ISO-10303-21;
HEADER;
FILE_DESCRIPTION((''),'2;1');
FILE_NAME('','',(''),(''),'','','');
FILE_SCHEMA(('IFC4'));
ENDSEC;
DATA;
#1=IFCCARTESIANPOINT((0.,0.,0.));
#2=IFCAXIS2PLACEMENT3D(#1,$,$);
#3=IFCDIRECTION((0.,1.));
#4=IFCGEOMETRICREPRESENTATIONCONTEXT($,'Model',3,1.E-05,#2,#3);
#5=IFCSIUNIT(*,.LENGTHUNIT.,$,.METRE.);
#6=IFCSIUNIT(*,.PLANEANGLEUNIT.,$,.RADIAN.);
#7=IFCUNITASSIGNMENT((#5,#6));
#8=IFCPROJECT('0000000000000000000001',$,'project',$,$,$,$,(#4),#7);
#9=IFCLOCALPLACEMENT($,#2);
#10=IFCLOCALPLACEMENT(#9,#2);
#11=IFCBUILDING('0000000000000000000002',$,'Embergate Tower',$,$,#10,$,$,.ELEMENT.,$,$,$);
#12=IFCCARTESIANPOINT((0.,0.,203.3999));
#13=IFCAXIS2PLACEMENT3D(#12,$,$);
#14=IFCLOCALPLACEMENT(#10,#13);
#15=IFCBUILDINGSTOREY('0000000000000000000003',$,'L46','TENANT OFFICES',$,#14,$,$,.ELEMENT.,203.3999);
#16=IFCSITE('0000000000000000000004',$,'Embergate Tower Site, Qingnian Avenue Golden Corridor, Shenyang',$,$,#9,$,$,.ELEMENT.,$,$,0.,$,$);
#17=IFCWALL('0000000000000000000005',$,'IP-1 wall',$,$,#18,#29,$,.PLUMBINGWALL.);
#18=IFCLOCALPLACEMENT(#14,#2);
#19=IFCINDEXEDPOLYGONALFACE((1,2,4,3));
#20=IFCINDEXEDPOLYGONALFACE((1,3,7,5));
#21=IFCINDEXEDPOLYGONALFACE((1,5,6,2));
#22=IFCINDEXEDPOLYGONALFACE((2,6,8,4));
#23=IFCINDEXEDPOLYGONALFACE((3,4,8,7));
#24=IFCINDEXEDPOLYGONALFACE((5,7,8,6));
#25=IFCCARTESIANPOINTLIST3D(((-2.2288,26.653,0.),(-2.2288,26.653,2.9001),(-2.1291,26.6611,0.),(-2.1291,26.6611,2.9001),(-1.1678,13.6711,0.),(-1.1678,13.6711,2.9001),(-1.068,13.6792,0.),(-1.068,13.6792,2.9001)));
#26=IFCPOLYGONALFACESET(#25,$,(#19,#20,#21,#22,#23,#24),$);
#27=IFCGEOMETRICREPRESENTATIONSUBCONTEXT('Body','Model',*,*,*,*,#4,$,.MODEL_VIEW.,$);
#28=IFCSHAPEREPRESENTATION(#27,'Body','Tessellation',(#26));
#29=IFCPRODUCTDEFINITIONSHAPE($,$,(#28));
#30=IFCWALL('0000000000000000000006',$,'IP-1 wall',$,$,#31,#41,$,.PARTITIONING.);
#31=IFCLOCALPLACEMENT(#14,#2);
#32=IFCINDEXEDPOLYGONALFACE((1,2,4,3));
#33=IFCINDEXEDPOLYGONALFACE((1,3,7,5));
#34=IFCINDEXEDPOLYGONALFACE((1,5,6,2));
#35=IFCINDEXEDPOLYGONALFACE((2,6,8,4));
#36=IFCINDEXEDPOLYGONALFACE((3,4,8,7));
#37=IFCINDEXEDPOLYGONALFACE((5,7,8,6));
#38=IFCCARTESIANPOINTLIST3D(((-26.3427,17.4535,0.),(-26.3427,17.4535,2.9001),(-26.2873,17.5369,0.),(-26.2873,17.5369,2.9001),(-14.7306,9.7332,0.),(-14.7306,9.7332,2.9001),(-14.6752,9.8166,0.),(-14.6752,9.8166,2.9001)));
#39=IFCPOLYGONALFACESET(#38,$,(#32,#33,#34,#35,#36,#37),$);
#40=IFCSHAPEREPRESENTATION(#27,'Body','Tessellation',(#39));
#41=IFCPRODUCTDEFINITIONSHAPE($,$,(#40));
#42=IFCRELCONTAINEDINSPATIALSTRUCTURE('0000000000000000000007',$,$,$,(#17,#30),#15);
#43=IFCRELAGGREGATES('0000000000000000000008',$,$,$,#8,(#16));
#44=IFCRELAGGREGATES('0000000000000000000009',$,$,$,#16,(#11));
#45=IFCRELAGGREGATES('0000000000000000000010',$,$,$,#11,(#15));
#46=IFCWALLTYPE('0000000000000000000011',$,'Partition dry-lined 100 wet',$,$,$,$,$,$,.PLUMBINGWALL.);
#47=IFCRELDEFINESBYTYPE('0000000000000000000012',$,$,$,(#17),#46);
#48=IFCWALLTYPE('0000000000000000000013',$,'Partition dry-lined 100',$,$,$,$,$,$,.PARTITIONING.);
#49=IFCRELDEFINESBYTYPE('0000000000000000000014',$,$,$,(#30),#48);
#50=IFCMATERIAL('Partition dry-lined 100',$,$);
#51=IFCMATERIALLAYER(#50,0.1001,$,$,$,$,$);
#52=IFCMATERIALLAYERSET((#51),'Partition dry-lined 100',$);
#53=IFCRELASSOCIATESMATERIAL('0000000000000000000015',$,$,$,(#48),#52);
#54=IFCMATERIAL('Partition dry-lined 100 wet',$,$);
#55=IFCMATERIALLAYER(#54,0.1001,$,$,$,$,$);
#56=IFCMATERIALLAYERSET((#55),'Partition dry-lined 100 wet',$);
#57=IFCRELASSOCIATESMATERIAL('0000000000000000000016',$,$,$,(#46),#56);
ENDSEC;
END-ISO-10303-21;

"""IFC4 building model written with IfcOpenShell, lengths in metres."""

from ifc_helpers import new_model, si_unit, direction, frame, frame_2d, origin, place, context, subcontext, project, spatial, rectangle, extrude, source, transform, mapped, material, layer, layer_set, type_object, element, save


model = new_model("IFC4")

# Units and contexts
model_context = context("Model", 3, precision=1e-05, world=origin(), true_north=direction((0.0, 1.0)))
body_context = subcontext(model_context, "Body", "Model", "MODEL_VIEW")
ifc_project = project(units=[si_unit("LENGTHUNIT", "METRE"), si_unit("PLANEANGLEUNIT", "RADIAN")], contexts=[model_context])

# Site, building, storey
site_placement = place(None, origin())
site = spatial("IfcSite", under=ifc_project, at=site_placement, Name="Embergate Tower Site, Qingnian Avenue Golden Corridor, Shenyang", CompositionType="ELEMENT", RefElevation=0.0)
building_placement = place(site_placement, origin())
building = spatial("IfcBuilding", under=site, at=building_placement, Name="Embergate Tower", CompositionType="ELEMENT")
storey_placement = place(building_placement, frame((0.0, 0.0, 203.3999)))
storey = spatial("IfcBuildingStorey", under=building, at=storey_placement, Name="L46", Description="TENANT OFFICES", CompositionType="ELEMENT", Elevation=203.3999)

# Walls
ifc_material_1 = material(Name="Partition dry-lined 100")
ifc_layer_1 = layer(ifc_material_1, 0.1001)
ifc_layer_set_1 = layer_set([ifc_layer_1], Name="Partition dry-lined 100")
wall_type_1 = type_object("IfcWallType", Name="Partition dry-lined 100", PredefinedType="PARTITIONING", material=ifc_layer_set_1)
ifc_material_2 = material(Name="Partition dry-lined 100 wet")
ifc_layer_2 = layer(ifc_material_2, 0.1001)
ifc_layer_set_2 = layer_set([ifc_layer_2], Name="Partition dry-lined 100 wet")
wall_type_2 = type_object("IfcWallType", Name="Partition dry-lined 100 wet", PredefinedType="PLUMBINGWALL", material=ifc_layer_set_2)
shared_shape_1 = source(origin(), body_context, "Body", "SweptSolid", [
    extrude(rectangle(XDim=13.0251, YDim=0.1001, at=frame_2d((6.5127, 0.0))), origin(), (0.0, 0.0, 1.0), 2.9001),
])
wall_1_placement = place(storey_placement, frame((-1.1179, 13.675, 0.0), z_axis=(0.0, 0.0, 1.0), x_axis=(-0.08146, 0.996677, 0.0)))
element("IfcWall", 1, at=wall_1_placement, inside=storey, type_object=wall_type_2, Name="IP-1 wall", PredefinedType="PLUMBINGWALL", context=body_context, shape_type="MappedRepresentation", body=[
    mapped(shared_shape_1, transform((0.0, 0.0, 0.0))),
])
shared_shape_2 = source(origin(), body_context, "Body", "SweptSolid", [
    extrude(rectangle(XDim=13.9443, YDim=0.1001, at=frame_2d((6.9722, 0.0))), origin(), (0.0, 0.0, 1.0), 2.9001),
])
wall_2_placement = place(storey_placement, frame((-14.7029, 9.7749, 0.0), z_axis=(0.0, 0.0, 1.0), x_axis=(-0.83275, 0.553649, 0.0)))
element("IfcWall", 2, at=wall_2_placement, inside=storey, type_object=wall_type_1, Name="IP-1 wall", PredefinedType="PARTITIONING", context=body_context, shape_type="MappedRepresentation", body=[
    mapped(shared_shape_2, transform((0.0, 0.0, 0.0))),
])

save(model, "model.ifc")
